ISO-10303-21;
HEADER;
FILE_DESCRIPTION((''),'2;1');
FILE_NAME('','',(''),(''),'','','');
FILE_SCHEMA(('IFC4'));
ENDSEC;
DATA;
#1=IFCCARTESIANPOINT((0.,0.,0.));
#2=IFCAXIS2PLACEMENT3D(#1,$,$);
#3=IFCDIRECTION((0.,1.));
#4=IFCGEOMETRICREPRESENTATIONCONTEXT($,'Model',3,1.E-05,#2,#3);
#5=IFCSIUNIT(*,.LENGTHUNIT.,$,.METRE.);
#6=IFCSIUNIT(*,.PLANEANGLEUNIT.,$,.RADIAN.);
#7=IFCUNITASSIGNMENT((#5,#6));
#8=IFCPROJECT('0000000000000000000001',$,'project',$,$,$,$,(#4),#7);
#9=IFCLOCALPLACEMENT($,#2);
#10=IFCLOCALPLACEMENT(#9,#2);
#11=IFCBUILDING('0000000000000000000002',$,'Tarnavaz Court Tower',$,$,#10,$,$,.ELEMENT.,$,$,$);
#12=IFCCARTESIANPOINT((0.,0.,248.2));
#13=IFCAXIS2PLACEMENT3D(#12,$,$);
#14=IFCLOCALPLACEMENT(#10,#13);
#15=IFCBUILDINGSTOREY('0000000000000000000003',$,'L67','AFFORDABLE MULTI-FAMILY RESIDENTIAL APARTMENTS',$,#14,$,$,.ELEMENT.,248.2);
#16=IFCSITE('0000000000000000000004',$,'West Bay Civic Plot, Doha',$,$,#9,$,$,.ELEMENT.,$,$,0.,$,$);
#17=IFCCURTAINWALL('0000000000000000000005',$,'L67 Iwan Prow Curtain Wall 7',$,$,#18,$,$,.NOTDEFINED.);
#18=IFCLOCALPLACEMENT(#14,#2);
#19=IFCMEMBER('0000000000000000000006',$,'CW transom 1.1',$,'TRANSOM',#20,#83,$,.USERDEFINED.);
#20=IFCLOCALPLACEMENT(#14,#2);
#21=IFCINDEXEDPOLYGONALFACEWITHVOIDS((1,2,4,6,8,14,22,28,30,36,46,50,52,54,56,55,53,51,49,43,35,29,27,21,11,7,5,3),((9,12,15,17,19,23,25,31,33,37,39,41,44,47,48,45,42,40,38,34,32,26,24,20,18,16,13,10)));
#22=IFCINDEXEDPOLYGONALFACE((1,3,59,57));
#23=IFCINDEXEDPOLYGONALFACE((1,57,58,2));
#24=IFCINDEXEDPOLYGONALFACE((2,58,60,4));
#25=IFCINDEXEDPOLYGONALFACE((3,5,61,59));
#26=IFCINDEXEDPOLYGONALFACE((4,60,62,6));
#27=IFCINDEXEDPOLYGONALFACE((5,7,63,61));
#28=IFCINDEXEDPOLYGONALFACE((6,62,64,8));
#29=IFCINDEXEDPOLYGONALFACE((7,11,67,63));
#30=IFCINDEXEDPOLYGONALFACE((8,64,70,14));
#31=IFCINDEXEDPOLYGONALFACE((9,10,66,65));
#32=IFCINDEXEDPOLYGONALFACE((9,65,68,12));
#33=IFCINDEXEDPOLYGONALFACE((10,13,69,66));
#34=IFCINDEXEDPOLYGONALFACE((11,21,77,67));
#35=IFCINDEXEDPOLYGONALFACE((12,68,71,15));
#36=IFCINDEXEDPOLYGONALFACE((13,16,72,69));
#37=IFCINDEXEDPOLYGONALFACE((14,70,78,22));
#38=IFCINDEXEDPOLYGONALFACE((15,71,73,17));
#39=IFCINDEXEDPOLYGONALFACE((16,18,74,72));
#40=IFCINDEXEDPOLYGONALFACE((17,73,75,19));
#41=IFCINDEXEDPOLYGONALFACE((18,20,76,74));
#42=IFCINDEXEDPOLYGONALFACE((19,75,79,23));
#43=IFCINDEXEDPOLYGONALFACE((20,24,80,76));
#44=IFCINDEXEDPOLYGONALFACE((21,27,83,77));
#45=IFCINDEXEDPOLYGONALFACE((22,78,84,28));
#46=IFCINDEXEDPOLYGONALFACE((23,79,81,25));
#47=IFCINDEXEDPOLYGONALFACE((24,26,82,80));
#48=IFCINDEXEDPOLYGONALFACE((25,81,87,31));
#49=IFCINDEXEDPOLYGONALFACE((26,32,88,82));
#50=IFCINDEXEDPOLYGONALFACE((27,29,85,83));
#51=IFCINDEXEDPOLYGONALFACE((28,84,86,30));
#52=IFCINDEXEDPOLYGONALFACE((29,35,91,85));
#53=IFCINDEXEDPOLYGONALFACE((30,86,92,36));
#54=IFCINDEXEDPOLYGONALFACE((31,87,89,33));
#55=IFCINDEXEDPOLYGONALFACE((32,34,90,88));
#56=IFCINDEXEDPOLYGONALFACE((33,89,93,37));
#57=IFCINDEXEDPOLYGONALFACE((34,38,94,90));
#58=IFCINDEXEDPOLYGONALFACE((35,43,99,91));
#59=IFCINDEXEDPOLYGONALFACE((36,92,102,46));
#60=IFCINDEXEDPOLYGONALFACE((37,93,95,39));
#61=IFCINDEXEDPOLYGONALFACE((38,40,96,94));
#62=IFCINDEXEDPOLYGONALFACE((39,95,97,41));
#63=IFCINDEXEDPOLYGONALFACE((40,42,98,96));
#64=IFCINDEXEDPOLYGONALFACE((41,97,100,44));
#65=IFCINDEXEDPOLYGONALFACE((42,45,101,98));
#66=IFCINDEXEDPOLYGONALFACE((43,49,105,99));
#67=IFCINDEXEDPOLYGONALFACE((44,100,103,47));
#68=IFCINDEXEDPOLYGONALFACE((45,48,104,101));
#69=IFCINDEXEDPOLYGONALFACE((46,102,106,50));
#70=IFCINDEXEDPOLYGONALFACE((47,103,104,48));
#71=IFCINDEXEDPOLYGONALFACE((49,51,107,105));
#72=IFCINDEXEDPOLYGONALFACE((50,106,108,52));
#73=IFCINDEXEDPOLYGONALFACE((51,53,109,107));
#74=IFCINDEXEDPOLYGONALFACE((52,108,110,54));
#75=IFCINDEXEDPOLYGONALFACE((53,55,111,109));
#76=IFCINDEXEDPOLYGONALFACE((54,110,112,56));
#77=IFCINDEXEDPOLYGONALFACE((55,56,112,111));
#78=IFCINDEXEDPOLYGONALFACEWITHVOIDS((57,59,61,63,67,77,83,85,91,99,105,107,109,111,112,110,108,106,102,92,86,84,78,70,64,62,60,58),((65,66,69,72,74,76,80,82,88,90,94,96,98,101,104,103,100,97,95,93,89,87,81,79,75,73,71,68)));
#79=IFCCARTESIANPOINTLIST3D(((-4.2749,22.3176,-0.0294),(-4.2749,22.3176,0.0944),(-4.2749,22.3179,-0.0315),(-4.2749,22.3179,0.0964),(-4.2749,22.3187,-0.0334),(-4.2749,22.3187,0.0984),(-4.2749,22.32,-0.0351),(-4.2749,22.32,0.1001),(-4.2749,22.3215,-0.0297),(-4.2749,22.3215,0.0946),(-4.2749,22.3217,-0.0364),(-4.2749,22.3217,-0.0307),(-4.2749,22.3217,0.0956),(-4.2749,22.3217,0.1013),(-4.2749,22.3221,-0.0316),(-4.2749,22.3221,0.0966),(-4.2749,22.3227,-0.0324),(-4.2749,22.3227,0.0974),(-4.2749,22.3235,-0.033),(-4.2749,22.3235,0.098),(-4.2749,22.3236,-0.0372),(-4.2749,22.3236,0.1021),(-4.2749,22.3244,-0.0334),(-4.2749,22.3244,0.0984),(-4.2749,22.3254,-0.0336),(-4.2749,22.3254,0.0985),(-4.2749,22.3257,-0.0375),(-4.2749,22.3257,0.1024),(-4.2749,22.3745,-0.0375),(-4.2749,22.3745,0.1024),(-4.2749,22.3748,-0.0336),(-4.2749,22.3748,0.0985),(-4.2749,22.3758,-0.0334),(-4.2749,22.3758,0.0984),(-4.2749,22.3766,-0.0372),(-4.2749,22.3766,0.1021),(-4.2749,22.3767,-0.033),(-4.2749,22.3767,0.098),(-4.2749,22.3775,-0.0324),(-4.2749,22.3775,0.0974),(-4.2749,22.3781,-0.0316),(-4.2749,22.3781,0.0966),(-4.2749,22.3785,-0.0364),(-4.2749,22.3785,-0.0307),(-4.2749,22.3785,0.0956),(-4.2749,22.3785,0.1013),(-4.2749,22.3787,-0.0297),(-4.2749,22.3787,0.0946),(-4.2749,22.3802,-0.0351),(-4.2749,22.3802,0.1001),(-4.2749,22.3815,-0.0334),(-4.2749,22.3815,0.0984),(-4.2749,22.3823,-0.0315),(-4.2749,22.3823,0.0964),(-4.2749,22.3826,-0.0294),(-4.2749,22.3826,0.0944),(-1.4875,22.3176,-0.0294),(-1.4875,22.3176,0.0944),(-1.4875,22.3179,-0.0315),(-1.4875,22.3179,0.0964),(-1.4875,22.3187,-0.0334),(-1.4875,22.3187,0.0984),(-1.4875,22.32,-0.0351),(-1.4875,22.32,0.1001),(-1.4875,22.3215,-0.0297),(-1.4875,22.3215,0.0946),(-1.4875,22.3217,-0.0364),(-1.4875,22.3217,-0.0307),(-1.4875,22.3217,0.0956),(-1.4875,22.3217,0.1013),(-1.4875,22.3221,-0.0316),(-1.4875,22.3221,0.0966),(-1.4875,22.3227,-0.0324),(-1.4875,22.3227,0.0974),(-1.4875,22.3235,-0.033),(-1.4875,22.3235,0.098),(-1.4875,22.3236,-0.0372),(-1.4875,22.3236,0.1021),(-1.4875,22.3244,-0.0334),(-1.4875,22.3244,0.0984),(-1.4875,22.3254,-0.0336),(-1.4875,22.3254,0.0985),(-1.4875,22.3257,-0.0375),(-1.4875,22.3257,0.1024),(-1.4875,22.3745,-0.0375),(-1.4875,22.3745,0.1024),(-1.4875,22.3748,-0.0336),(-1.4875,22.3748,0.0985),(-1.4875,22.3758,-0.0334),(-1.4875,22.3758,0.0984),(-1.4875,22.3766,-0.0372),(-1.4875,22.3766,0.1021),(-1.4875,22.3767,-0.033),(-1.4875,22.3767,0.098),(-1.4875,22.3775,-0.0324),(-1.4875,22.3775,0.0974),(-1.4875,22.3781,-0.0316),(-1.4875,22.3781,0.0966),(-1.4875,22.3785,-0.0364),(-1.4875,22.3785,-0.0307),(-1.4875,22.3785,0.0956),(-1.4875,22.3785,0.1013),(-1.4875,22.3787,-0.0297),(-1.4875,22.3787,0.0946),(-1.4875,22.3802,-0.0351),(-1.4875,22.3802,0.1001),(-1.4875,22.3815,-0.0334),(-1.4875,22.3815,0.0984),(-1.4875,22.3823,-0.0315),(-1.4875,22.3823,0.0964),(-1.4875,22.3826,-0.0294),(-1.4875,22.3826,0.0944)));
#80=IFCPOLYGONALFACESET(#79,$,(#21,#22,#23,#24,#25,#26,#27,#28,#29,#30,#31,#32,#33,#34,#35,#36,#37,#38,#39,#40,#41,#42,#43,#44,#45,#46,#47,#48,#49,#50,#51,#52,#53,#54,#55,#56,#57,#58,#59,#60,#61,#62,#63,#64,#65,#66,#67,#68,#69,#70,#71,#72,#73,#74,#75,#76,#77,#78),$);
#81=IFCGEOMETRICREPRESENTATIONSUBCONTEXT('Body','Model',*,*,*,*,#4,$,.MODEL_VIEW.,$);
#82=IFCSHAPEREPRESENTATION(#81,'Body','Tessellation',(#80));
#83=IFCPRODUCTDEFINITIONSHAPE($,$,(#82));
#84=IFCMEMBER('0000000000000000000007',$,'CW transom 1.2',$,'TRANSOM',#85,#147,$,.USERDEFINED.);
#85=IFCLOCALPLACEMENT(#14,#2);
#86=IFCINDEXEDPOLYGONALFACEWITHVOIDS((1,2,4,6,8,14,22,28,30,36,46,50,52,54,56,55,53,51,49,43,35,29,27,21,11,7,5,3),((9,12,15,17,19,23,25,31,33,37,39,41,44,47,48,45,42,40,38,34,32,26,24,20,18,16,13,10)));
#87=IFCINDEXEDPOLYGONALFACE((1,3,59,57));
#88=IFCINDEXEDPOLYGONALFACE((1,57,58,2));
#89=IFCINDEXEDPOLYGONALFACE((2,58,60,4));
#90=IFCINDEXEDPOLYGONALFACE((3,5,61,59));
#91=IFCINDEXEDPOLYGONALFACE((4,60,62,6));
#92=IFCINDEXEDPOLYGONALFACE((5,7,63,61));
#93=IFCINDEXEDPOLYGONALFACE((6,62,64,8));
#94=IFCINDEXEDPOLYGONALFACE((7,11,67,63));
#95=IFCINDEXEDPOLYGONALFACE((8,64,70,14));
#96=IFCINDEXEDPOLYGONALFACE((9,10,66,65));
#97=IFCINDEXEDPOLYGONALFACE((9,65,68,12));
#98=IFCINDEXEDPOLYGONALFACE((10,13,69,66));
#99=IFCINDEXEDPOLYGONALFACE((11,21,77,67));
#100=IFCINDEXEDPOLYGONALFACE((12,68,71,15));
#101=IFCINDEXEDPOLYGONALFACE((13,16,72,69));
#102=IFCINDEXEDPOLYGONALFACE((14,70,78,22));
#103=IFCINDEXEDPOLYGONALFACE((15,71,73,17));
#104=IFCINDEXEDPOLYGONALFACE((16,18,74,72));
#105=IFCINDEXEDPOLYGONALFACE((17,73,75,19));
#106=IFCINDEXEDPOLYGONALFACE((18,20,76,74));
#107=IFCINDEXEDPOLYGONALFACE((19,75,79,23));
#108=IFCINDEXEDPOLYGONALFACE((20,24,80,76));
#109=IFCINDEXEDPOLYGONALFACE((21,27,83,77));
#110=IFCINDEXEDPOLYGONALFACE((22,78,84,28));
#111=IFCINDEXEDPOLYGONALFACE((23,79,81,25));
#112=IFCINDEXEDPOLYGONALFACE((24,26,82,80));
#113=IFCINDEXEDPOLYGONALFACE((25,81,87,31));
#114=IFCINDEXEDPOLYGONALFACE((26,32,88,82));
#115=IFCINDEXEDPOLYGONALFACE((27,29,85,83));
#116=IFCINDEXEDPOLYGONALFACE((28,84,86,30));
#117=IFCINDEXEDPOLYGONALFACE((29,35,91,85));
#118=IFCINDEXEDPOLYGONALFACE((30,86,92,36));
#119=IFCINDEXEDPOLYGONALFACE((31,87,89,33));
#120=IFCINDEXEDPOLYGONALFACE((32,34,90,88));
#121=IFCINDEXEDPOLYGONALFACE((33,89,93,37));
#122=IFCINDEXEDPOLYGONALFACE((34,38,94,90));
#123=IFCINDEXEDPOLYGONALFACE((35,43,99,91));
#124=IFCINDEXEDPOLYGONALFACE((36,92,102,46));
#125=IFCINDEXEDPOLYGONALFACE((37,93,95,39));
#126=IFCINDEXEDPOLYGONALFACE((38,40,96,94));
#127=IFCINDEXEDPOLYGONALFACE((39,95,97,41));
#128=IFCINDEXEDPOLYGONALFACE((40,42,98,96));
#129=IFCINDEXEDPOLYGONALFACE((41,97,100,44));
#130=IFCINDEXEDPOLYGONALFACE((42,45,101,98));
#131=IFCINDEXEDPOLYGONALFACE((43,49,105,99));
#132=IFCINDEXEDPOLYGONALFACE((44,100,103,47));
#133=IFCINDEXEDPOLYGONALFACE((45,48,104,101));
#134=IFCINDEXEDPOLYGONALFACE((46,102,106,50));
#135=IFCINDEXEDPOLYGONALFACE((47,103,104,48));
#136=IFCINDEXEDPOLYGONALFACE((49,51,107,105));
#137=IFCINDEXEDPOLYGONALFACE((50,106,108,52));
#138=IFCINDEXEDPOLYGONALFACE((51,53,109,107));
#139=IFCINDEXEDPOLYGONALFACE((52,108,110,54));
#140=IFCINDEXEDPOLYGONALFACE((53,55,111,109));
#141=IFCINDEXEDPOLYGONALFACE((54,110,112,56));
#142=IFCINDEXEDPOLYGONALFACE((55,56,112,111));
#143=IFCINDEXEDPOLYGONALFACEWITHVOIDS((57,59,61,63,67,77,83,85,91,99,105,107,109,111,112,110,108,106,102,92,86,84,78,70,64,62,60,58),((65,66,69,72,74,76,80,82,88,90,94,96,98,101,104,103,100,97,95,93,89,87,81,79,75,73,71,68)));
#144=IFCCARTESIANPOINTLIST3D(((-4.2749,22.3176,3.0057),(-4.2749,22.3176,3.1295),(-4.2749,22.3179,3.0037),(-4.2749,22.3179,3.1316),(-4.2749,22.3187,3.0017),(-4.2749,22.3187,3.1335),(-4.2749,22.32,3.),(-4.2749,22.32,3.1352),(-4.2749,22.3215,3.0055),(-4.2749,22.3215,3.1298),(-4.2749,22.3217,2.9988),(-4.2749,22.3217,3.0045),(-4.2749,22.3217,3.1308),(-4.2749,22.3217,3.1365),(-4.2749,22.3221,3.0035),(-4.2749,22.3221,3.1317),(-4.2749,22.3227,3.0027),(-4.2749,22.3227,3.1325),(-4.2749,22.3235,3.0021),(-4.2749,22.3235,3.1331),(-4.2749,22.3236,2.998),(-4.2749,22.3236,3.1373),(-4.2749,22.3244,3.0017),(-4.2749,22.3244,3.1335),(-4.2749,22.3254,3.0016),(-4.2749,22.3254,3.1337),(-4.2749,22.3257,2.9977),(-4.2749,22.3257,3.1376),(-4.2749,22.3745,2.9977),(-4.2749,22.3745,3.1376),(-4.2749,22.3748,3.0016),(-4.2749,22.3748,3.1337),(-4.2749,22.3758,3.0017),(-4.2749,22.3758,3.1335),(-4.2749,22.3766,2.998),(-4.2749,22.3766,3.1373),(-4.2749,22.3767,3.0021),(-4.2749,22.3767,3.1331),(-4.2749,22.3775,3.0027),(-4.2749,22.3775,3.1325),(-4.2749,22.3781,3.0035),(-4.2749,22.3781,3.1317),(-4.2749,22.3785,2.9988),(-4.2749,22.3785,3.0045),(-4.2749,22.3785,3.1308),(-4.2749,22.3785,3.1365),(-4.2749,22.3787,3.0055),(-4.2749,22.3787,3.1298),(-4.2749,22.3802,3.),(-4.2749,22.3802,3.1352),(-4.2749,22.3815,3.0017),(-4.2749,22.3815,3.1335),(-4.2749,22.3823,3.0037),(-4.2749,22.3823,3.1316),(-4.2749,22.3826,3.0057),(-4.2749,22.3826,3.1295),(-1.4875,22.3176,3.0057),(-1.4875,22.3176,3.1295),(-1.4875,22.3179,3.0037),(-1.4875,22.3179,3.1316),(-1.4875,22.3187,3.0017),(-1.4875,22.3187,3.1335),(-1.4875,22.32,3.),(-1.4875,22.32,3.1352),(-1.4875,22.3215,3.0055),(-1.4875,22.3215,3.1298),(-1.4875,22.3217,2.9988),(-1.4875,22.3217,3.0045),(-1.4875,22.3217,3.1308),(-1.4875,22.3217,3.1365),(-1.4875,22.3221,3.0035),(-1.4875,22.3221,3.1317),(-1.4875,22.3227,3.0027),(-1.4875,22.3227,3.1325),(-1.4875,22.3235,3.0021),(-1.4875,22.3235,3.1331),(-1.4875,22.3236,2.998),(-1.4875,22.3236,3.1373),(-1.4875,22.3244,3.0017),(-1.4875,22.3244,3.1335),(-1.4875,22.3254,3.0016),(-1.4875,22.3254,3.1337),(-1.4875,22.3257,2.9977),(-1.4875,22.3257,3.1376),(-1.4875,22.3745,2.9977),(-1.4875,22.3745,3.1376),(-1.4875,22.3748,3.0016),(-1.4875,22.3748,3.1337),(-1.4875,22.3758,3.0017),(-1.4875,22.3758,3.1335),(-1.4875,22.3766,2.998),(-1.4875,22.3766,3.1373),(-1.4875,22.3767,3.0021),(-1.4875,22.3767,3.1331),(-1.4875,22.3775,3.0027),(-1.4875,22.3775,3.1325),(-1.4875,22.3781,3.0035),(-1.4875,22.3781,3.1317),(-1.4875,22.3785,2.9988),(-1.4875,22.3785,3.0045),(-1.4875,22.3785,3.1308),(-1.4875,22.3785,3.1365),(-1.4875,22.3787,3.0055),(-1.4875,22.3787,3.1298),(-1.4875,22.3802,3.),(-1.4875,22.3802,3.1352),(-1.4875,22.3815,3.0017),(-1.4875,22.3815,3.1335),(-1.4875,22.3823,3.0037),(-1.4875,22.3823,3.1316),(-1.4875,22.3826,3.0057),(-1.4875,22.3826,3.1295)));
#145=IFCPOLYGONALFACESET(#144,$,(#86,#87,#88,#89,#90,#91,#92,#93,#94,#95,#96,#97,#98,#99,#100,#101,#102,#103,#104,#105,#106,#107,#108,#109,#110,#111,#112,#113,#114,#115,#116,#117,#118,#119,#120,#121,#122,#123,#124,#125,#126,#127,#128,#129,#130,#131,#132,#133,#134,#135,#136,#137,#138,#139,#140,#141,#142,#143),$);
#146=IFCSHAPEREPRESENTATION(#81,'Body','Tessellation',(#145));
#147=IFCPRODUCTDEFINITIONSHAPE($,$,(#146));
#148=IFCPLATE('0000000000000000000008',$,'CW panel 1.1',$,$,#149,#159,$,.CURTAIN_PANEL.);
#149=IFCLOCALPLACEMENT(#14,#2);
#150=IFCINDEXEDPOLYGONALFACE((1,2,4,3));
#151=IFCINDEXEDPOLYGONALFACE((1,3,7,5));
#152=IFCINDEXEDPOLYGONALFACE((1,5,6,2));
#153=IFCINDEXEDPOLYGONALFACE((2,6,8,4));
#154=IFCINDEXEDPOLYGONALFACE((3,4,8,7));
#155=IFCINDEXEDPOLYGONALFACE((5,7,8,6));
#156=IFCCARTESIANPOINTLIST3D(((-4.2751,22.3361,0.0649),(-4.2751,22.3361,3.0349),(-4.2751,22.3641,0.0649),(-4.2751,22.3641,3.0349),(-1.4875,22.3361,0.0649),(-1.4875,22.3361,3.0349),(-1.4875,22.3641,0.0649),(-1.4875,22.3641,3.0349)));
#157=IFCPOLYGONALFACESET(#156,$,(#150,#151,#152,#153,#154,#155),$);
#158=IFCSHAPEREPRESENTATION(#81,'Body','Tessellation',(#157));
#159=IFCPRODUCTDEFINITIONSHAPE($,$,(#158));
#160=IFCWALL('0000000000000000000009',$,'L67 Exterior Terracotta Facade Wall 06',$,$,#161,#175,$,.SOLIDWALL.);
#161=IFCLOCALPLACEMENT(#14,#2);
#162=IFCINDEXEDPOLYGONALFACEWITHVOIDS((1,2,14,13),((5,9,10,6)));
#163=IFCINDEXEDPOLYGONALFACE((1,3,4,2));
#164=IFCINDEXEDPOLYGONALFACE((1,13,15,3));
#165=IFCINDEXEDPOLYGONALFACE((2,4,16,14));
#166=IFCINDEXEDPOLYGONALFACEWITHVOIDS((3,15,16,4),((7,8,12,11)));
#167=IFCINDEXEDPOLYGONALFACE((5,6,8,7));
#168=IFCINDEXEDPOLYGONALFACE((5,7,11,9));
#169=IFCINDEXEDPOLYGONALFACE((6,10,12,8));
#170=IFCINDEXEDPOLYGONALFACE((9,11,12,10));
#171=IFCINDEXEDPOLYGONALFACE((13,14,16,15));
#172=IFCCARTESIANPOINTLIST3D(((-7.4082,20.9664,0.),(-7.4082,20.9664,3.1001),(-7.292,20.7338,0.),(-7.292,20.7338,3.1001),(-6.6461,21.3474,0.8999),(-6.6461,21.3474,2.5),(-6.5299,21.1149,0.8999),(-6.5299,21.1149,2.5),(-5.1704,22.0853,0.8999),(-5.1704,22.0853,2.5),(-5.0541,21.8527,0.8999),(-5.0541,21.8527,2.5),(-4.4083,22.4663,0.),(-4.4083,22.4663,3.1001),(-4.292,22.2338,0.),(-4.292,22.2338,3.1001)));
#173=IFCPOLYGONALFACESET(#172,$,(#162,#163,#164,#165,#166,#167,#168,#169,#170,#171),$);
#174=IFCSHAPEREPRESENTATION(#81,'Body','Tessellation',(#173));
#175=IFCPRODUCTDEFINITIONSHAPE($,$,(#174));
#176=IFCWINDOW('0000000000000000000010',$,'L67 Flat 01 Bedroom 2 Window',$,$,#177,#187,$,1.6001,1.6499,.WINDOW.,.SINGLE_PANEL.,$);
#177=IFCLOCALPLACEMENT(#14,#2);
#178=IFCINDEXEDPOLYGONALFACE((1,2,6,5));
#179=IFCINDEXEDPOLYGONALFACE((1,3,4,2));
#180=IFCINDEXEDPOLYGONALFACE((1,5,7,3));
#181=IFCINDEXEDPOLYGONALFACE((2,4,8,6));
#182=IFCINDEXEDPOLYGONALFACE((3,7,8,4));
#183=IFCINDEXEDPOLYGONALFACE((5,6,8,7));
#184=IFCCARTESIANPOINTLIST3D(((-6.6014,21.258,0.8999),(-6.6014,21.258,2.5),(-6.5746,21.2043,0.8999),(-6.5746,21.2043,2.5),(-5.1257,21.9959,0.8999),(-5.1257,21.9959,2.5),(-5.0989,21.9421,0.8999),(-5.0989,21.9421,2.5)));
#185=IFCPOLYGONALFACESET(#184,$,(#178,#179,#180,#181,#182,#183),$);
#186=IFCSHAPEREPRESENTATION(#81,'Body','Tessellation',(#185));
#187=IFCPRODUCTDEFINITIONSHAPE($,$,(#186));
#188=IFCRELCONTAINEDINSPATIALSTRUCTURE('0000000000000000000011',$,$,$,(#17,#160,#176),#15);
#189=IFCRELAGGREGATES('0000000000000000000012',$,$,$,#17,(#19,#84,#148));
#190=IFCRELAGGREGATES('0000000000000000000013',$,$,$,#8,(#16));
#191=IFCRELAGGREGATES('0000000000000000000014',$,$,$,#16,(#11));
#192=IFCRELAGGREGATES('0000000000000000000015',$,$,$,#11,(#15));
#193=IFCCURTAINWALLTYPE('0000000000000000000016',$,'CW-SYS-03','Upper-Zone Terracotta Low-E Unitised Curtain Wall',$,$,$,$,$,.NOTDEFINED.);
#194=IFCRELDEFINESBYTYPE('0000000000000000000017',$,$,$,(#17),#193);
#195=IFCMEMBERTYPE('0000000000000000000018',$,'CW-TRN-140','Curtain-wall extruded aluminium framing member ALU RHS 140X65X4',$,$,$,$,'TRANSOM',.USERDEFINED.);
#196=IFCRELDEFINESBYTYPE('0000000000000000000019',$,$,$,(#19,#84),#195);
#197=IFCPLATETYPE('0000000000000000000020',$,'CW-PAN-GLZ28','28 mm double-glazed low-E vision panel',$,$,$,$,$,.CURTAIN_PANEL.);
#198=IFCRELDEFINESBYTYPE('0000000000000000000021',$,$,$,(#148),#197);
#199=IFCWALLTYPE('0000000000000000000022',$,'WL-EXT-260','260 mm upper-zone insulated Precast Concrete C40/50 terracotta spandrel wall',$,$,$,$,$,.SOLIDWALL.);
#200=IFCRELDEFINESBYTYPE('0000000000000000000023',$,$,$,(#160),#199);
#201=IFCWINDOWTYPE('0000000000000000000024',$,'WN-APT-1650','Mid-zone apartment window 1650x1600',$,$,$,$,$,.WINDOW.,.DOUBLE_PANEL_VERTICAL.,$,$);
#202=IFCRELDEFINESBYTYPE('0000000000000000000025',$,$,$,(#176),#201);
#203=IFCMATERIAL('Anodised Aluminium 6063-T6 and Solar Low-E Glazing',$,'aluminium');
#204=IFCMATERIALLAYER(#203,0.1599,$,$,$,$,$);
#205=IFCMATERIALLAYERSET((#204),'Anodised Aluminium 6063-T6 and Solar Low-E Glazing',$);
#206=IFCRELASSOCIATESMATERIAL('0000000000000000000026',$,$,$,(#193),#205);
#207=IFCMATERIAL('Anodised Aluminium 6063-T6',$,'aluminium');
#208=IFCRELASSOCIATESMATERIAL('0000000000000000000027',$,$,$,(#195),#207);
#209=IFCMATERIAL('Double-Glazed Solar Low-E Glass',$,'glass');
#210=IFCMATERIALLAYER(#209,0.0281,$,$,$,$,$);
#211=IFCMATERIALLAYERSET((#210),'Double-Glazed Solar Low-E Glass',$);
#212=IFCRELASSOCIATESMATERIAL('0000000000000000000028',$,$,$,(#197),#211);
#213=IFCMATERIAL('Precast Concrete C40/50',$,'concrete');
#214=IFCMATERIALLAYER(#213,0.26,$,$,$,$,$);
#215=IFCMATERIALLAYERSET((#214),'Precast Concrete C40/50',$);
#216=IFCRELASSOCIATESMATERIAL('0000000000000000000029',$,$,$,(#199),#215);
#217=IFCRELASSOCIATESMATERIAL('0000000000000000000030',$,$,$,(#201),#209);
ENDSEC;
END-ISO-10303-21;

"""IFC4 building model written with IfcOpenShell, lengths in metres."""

from ifc_helpers import new_model, si_unit, direction, frame, frame_2d, origin, origin_2d, place, context, subcontext, project, spatial, rectangle, hollow_rectangle, extrude, material, layer, layer_set, material_profile, profile_set, type_object, element, fill, aggregate, save


model = new_model("IFC4")

# Units and contexts
model_context = context("Model", 3, precision=1e-05, world=origin(), true_north=direction((0.0, 1.0)))
body_context = subcontext(model_context, "Body", "Model", "MODEL_VIEW")
ifc_project = project(units=[si_unit("LENGTHUNIT", "METRE"), si_unit("PLANEANGLEUNIT", "RADIAN")], contexts=[model_context])

# Site, building, storey
site_placement = place(None, origin())
site = spatial("IfcSite", under=ifc_project, at=site_placement, Name="West Bay Civic Plot, Doha", CompositionType="ELEMENT", RefElevation=0.0)
building_placement = place(site_placement, origin())
building = spatial("IfcBuilding", under=site, at=building_placement, Name="Tarnavaz Court Tower", CompositionType="ELEMENT")
storey_placement = place(building_placement, frame((0.0, 0.0, 248.2)))
storey = spatial("IfcBuildingStorey", under=building, at=storey_placement, Name="L67", Description="AFFORDABLE MULTI-FAMILY RESIDENTIAL APARTMENTS", CompositionType="ELEMENT", Elevation=248.2)

# Curtain wall, members, plate
ifc_material_1 = material(Name="Anodised Aluminium 6063-T6 and Solar Low-E Glazing", Category="aluminium")
ifc_layer_1 = layer(ifc_material_1, 0.1599)
ifc_layer_set_1 = layer_set([ifc_layer_1], Name="Anodised Aluminium 6063-T6 and Solar Low-E Glazing")
curtain_wall_type = type_object("IfcCurtainWallType", Name="CW-SYS-03", Description="Upper-Zone Terracotta Low-E Unitised Curtain Wall", PredefinedType="NOTDEFINED", material=ifc_layer_set_1)
curtain_wall_placement = place(storey_placement, origin())
curtain_wall = element("IfcCurtainWall", 1, at=curtain_wall_placement, inside=storey, type_object=curtain_wall_type, Name="L67 Iwan Prow Curtain Wall 7", PredefinedType="NOTDEFINED")
ifc_material_2 = material(Name="Anodised Aluminium 6063-T6", Category="aluminium")
ifc_material_profile_1 = material_profile(ifc_material_2, hollow_rectangle(XDim=0.0649, YDim=0.1399, WallThickness=0.0039, InnerFilletRadius=0.0039, OuterFilletRadius=0.0081, at=origin_2d()), Name="ALU RHS 140X65X4")
ifc_profile_set_1 = profile_set([ifc_material_profile_1], Name="Anodised Aluminium 6063-T6")
member_type_1 = type_object("IfcMemberType", Name="CW-TRN-140", Description="Curtain-wall extruded aluminium framing member ALU RHS 140X65X4", ElementType="TRANSOM", PredefinedType="USERDEFINED", material=ifc_profile_set_1)
member_1_placement = place(storey_placement, frame((-4.2749, 22.3501, 0.0325), z_axis=(1.0, 0.0, 0.0), x_axis=(0.0, 1.0, 0.0)))
member_1 = element("IfcMember", 2, at=member_1_placement, type_object=member_type_1, Name="CW transom 1.1", ObjectType="TRANSOM", PredefinedType="USERDEFINED", context=body_context, shape_type="SweptSolid", body=[
    extrude(hollow_rectangle(XDim=0.0649, YDim=0.1399, WallThickness=0.0039, InnerFilletRadius=0.0039, OuterFilletRadius=0.0081, at=origin_2d()), origin(), (0.0, 0.0, 1.0), 2.7874),
])
member_2_placement = place(storey_placement, frame((-4.2749, 22.3501, 3.0676), z_axis=(1.0, 0.0, 0.0), x_axis=(0.0, 1.0, 0.0)))
member_2 = element("IfcMember", 3, at=member_2_placement, type_object=member_type_1, Name="CW transom 1.2", ObjectType="TRANSOM", PredefinedType="USERDEFINED", context=body_context, shape_type="SweptSolid", body=[
    extrude(hollow_rectangle(XDim=0.0649, YDim=0.1399, WallThickness=0.0039, InnerFilletRadius=0.0039, OuterFilletRadius=0.0081, at=origin_2d()), origin(), (0.0, 0.0, 1.0), 2.7874),
])
ifc_material_3 = material(Name="Double-Glazed Solar Low-E Glass", Category="glass")
ifc_layer_2 = layer(ifc_material_3, 0.0281)
ifc_layer_set_2 = layer_set([ifc_layer_2], Name="Double-Glazed Solar Low-E Glass")
plate_type = type_object("IfcPlateType", Name="CW-PAN-GLZ28", Description="28 mm double-glazed low-E vision panel", PredefinedType="CURTAIN_PANEL", material=ifc_layer_set_2)
plate_placement = place(storey_placement, frame((-2.8813, 22.3501, 0.0649), z_axis=(0.0, 0.0, 1.0), x_axis=(1.0, 0.0, 0.0)))
plate = element("IfcPlate", 4, at=plate_placement, type_object=plate_type, Name="CW panel 1.1", PredefinedType="CURTAIN_PANEL", context=body_context, shape_type="SweptSolid", body=[
    extrude(rectangle(XDim=2.7876, YDim=0.0281, at=origin_2d()), origin(), (0.0, 0.0, 1.0), 2.97),
])
aggregate(curtain_wall, [member_1, member_2, plate])

# Wall, opening, window
ifc_material_4 = material(Name="Precast Concrete C40/50", Category="concrete")
ifc_layer_3 = layer(ifc_material_4, 0.26)
ifc_layer_set_3 = layer_set([ifc_layer_3], Name="Precast Concrete C40/50")
wall_type_1 = type_object("IfcWallType", Name="WL-EXT-260", Description="260 mm upper-zone insulated Precast Concrete C40/50 terracotta spandrel wall", PredefinedType="SOLIDWALL", material=ifc_layer_set_3)
wall_1_placement = place(storey_placement, frame((-7.3501, 20.8501, 0.0), z_axis=(0.0, 0.0, 1.0), x_axis=(0.894427, 0.447214, 0.0)))
wall_1 = element("IfcWall", 5, at=wall_1_placement, inside=storey, type_object=wall_type_1, Name="L67 Exterior Terracotta Facade Wall 06", PredefinedType="SOLIDWALL", context=body_context, shape_type="SweptSolid", body=[
    extrude(rectangle(XDim=3.354, YDim=0.26, at=frame_2d((1.677, 0.0))), origin(), (0.0, 0.0, 1.0), 3.1001),
])
opening_1_placement = place(wall_1_placement, frame((0.8521, 0.0, 0.8999)))
opening_1 = element("IfcOpeningElement", 6, at=opening_1_placement, cuts=wall_1, PredefinedType="OPENING", context=body_context, shape_type="SweptSolid", body=[
    extrude(rectangle(XDim=1.6499, YDim=1.6001, at=frame_2d((0.825, 0.8))), frame((0.0, 0.1399, 0.0), z_axis=(0.0, -1.0, 0.0), x_axis=(1.0, 0.0, 0.0)), (0.0, 0.0, 1.0), 0.28),
])
window_type = type_object("IfcWindowType", Name="WN-APT-1650", Description="Mid-zone apartment window 1650x1600", PartitioningType="DOUBLE_PANEL_VERTICAL", PredefinedType="WINDOW", material=ifc_material_3)
window_placement = place(opening_1_placement, origin())
window = element("IfcWindow", 7, at=window_placement, inside=storey, type_object=window_type, Name="L67 Flat 01 Bedroom 2 Window", OverallHeight=1.6001, OverallWidth=1.6499, PartitioningType="SINGLE_PANEL", PredefinedType="WINDOW", context=body_context, shape_type="SweptSolid", body=[
    extrude(rectangle(XDim=1.6499, YDim=1.6001, at=frame_2d((0.825, 0.8))), frame((0.0, 0.03, 0.0), z_axis=(0.0, -1.0, 0.0), x_axis=(1.0, 0.0, 0.0)), (0.0, 0.0, 1.0), 0.0601),
])
fill(opening_1, window)

save(model, "model.ifc")
